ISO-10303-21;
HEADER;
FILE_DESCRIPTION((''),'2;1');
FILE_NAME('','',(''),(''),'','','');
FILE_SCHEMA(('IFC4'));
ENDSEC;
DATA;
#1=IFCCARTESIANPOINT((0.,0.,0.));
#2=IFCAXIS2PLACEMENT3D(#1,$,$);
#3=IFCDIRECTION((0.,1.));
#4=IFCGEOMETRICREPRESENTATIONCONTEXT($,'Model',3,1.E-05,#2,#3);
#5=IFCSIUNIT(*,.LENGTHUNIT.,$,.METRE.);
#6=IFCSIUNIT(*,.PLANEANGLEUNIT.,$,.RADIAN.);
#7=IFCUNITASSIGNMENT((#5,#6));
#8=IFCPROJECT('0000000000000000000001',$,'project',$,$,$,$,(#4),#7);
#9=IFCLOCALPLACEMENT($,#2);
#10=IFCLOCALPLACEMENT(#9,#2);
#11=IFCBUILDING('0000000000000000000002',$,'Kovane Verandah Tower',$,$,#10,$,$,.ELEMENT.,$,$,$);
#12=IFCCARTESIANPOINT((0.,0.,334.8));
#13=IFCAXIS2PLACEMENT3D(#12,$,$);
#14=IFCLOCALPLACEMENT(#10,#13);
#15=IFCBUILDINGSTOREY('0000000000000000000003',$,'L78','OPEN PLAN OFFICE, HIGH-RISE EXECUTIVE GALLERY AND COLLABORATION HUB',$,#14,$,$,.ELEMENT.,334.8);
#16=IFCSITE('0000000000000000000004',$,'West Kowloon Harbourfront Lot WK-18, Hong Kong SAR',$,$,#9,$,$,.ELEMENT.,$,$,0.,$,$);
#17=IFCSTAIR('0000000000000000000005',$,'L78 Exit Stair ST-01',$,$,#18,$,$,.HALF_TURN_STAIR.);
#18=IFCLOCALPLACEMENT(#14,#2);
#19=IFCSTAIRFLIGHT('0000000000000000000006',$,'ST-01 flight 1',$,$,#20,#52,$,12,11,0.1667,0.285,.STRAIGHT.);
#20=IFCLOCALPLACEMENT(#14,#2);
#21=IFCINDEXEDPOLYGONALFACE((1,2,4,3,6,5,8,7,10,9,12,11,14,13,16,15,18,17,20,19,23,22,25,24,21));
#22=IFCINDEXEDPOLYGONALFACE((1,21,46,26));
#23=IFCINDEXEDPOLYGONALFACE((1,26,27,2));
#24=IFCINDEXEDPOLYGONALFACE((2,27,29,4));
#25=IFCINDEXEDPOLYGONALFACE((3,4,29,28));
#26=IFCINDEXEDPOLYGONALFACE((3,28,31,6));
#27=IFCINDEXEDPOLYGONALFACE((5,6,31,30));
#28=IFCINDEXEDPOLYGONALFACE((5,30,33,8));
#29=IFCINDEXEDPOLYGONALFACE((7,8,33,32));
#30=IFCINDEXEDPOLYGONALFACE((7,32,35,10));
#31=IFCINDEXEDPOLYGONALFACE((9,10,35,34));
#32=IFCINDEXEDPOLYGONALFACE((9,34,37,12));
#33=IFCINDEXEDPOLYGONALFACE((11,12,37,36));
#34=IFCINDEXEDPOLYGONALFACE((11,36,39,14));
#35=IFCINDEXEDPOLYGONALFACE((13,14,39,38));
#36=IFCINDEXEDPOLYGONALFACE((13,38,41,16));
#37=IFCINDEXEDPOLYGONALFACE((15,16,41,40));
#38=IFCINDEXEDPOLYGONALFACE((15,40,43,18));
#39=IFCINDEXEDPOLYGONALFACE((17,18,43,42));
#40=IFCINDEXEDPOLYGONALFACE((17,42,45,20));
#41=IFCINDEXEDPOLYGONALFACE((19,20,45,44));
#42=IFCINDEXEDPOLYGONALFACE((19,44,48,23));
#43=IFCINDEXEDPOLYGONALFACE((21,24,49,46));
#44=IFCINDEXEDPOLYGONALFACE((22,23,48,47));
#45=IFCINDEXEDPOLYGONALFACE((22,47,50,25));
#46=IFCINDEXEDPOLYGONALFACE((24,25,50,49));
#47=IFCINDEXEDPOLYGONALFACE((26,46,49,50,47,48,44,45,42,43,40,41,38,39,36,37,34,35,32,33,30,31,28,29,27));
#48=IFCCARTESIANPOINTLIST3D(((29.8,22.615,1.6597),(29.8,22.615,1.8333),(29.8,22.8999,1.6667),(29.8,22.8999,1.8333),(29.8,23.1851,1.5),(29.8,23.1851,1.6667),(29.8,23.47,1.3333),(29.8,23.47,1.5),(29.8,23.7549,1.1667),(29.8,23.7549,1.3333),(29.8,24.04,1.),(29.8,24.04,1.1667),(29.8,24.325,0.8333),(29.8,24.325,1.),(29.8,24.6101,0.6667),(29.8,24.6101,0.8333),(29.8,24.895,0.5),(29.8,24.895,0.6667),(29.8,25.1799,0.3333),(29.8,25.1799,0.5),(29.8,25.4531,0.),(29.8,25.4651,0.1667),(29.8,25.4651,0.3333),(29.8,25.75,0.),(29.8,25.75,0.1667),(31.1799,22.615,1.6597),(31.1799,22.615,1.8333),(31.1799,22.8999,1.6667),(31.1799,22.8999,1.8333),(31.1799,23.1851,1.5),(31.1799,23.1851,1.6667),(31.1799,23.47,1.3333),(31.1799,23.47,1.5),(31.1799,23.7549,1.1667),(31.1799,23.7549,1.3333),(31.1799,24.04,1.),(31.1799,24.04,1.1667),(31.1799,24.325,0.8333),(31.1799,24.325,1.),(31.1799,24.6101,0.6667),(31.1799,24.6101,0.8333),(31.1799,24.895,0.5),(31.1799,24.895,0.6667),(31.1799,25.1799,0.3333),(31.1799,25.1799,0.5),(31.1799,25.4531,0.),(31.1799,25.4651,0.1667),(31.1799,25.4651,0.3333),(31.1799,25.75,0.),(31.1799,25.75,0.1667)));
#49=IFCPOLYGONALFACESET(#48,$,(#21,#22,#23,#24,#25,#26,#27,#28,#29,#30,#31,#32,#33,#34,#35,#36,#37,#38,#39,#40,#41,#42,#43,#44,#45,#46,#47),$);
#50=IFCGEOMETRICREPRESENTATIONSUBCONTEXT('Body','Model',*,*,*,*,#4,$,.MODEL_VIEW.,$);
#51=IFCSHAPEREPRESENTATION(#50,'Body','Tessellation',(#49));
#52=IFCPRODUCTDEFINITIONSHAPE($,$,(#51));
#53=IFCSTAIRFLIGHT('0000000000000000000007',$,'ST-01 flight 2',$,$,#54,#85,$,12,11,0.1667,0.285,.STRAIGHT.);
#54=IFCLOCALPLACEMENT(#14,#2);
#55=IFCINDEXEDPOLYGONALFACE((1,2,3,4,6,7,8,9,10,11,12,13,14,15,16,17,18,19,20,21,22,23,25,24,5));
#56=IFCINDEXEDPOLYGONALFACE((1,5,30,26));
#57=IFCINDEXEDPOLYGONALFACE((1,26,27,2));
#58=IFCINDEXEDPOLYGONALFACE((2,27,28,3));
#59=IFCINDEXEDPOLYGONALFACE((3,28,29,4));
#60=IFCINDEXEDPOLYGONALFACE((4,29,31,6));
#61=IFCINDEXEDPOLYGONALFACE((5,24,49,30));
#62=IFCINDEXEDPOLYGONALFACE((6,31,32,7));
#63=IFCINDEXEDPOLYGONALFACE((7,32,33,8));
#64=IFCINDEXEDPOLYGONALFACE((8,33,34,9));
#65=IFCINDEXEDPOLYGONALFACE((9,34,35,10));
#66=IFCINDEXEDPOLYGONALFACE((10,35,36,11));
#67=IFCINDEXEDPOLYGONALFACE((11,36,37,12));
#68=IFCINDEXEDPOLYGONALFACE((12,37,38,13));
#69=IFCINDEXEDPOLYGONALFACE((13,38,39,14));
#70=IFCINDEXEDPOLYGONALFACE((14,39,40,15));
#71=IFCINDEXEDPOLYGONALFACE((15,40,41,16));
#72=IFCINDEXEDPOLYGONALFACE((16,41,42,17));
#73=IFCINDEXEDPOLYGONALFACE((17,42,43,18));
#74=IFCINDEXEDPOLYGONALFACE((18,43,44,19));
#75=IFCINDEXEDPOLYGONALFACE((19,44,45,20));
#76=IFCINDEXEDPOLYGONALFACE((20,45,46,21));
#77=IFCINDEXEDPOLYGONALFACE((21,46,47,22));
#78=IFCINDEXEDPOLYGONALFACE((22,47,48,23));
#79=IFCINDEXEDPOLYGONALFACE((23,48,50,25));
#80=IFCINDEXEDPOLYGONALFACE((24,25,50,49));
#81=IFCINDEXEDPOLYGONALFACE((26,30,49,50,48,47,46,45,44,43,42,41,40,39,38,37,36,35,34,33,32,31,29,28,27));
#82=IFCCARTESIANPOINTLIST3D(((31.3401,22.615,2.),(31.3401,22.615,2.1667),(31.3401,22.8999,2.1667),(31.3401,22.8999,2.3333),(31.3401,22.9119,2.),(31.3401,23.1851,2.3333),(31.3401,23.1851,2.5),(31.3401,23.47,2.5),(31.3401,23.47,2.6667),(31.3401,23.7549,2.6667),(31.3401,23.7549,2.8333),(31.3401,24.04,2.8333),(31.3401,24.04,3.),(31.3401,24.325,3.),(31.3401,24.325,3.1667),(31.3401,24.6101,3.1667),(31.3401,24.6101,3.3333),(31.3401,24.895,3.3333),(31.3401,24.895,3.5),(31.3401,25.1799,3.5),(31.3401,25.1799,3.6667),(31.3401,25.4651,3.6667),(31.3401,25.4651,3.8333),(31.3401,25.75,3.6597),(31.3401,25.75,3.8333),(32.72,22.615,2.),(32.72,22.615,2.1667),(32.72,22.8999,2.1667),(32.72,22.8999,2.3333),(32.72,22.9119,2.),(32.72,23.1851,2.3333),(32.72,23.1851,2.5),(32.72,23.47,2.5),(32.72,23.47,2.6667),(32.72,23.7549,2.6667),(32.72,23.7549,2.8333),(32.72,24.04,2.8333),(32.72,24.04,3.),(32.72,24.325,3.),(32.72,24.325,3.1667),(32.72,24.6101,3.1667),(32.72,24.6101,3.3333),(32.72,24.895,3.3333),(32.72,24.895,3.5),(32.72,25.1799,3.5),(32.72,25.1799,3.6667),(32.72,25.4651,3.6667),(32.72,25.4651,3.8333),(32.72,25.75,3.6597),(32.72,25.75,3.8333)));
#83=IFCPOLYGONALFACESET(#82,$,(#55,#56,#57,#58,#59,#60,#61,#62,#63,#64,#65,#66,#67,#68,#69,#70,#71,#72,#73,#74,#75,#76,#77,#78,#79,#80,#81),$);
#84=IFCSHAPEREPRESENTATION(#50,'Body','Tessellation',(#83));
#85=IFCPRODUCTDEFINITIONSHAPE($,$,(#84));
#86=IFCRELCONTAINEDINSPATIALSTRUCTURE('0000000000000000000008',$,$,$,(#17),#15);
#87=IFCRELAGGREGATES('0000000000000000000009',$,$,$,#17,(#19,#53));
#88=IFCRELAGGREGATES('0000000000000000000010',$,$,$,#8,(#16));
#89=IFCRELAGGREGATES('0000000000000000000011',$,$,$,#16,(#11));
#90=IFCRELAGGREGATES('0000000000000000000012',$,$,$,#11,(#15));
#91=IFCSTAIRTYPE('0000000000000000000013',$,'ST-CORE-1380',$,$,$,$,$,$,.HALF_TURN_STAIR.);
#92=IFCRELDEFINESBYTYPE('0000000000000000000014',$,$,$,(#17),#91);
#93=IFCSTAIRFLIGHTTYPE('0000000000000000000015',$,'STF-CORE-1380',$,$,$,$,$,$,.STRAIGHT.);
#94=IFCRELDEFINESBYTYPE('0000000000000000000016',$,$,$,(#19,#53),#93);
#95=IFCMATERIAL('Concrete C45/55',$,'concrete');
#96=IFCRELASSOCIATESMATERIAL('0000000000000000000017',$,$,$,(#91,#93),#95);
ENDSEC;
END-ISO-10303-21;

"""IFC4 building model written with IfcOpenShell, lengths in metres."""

from ifc_helpers import new_model, si_unit, direction, frame, origin, place, context, subcontext, project, spatial, polyline, outline, extrude, material, type_object, element, aggregate, save


model = new_model("IFC4")

# Units and contexts
model_context = context("Model", 3, precision=1e-05, world=origin(), true_north=direction((0.0, 1.0)))
body_context = subcontext(model_context, "Body", "Model", "MODEL_VIEW")
ifc_project = project(units=[si_unit("LENGTHUNIT", "METRE"), si_unit("PLANEANGLEUNIT", "RADIAN")], contexts=[model_context])

# Site, building, storey
site_placement = place(None, origin())
site = spatial("IfcSite", under=ifc_project, at=site_placement, Name="West Kowloon Harbourfront Lot WK-18, Hong Kong SAR", CompositionType="ELEMENT", RefElevation=0.0)
building_placement = place(site_placement, origin())
building = spatial("IfcBuilding", under=site, at=building_placement, Name="Kovane Verandah Tower", CompositionType="ELEMENT")
storey_placement = place(building_placement, frame((0.0, 0.0, 334.8)))
storey = spatial("IfcBuildingStorey", under=building, at=storey_placement, Name="L78", Description="OPEN PLAN OFFICE, HIGH-RISE EXECUTIVE GALLERY AND COLLABORATION HUB", CompositionType="ELEMENT", Elevation=334.8)

# Shared definitions
ifc_material_1 = material(Name="Concrete C45/55", Category="concrete")

# Stair, stair flights
stair_type = type_object("IfcStairType", Name="ST-CORE-1380", PredefinedType="HALF_TURN_STAIR", material=ifc_material_1)
stair_placement = place(storey_placement, origin())
stair = element("IfcStair", 1, at=stair_placement, inside=storey, type_object=stair_type, Name="L78 Exit Stair ST-01", PredefinedType="HALF_TURN_STAIR")
stair_flight_type = type_object("IfcStairFlightType", Name="STF-CORE-1380", PredefinedType="STRAIGHT", material=ifc_material_1)
stair_flight_1_placement = place(storey_placement, frame((30.49, 25.75, 0.0), z_axis=(0.0, 0.0, 1.0), x_axis=(0.0, -1.0, 0.0)))
stair_flight_1 = element("IfcStairFlight", 2, at=stair_flight_1_placement, type_object=stair_flight_type, Name="ST-01 flight 1", NumberOfRisers=12, NumberOfTreads=11, PredefinedType="STRAIGHT", RiserHeight=0.1667, TreadLength=0.285, context=body_context, shape_type="SweptSolid", body=[
    extrude(outline(polyline([(0.0, 0.0), (0.0, 0.1667), (0.2849, 0.1667), (0.2849, 0.3333), (0.5701, 0.3333), (0.5701, 0.5), (0.855, 0.5), (0.855, 0.6667), (1.1399, 0.6667), (1.1399, 0.8333), (1.425, 0.8333), (1.425, 1.0), (1.71, 1.0), (1.71, 1.1667), (1.9951, 1.1667), (1.9951, 1.3333), (2.28, 1.3333), (2.28, 1.5), (2.5649, 1.5), (2.5649, 1.6667), (2.8501, 1.6667), (2.8501, 1.8333), (3.135, 1.8333), (3.135, 2.0), (3.135, 1.6597), (0.2969, 0.0), (0.0, 0.0)])), frame((0.0, 0.6899, 0.0), z_axis=(0.0, -1.0, 0.0), x_axis=(1.0, 0.0, 0.0)), (0.0, 0.0, 1.0), 1.3799),
])
stair_flight_2_placement = place(storey_placement, frame((32.03, 22.615, 2.0), z_axis=(0.0, 0.0, 1.0), x_axis=(0.0, 1.0, 0.0)))
stair_flight_2 = element("IfcStairFlight", 3, at=stair_flight_2_placement, type_object=stair_flight_type, Name="ST-01 flight 2", NumberOfRisers=12, NumberOfTreads=11, PredefinedType="STRAIGHT", RiserHeight=0.1667, TreadLength=0.285, context=body_context, shape_type="SweptSolid", body=[
    extrude(outline(polyline([(0.0, 0.0), (0.0, 0.1667), (0.2849, 0.1667), (0.2849, 0.3333), (0.5701, 0.3333), (0.5701, 0.5), (0.855, 0.5), (0.855, 0.6667), (1.1399, 0.6667), (1.1399, 0.8333), (1.425, 0.8333), (1.425, 1.0), (1.71, 1.0), (1.71, 1.1667), (1.9951, 1.1667), (1.9951, 1.3333), (2.28, 1.3333), (2.28, 1.5), (2.5649, 1.5), (2.5649, 1.6667), (2.8501, 1.6667), (2.8501, 1.8333), (3.135, 1.8333), (3.135, 2.0), (3.135, 1.6597), (0.2969, 0.0), (0.0, 0.0)])), frame((0.0, 0.6899, 0.0), z_axis=(0.0, -1.0, 0.0), x_axis=(1.0, 0.0, 0.0)), (0.0, 0.0, 1.0), 1.3799),
])
aggregate(stair, [stair_flight_1, stair_flight_2])

save(model, "model.ifc")
